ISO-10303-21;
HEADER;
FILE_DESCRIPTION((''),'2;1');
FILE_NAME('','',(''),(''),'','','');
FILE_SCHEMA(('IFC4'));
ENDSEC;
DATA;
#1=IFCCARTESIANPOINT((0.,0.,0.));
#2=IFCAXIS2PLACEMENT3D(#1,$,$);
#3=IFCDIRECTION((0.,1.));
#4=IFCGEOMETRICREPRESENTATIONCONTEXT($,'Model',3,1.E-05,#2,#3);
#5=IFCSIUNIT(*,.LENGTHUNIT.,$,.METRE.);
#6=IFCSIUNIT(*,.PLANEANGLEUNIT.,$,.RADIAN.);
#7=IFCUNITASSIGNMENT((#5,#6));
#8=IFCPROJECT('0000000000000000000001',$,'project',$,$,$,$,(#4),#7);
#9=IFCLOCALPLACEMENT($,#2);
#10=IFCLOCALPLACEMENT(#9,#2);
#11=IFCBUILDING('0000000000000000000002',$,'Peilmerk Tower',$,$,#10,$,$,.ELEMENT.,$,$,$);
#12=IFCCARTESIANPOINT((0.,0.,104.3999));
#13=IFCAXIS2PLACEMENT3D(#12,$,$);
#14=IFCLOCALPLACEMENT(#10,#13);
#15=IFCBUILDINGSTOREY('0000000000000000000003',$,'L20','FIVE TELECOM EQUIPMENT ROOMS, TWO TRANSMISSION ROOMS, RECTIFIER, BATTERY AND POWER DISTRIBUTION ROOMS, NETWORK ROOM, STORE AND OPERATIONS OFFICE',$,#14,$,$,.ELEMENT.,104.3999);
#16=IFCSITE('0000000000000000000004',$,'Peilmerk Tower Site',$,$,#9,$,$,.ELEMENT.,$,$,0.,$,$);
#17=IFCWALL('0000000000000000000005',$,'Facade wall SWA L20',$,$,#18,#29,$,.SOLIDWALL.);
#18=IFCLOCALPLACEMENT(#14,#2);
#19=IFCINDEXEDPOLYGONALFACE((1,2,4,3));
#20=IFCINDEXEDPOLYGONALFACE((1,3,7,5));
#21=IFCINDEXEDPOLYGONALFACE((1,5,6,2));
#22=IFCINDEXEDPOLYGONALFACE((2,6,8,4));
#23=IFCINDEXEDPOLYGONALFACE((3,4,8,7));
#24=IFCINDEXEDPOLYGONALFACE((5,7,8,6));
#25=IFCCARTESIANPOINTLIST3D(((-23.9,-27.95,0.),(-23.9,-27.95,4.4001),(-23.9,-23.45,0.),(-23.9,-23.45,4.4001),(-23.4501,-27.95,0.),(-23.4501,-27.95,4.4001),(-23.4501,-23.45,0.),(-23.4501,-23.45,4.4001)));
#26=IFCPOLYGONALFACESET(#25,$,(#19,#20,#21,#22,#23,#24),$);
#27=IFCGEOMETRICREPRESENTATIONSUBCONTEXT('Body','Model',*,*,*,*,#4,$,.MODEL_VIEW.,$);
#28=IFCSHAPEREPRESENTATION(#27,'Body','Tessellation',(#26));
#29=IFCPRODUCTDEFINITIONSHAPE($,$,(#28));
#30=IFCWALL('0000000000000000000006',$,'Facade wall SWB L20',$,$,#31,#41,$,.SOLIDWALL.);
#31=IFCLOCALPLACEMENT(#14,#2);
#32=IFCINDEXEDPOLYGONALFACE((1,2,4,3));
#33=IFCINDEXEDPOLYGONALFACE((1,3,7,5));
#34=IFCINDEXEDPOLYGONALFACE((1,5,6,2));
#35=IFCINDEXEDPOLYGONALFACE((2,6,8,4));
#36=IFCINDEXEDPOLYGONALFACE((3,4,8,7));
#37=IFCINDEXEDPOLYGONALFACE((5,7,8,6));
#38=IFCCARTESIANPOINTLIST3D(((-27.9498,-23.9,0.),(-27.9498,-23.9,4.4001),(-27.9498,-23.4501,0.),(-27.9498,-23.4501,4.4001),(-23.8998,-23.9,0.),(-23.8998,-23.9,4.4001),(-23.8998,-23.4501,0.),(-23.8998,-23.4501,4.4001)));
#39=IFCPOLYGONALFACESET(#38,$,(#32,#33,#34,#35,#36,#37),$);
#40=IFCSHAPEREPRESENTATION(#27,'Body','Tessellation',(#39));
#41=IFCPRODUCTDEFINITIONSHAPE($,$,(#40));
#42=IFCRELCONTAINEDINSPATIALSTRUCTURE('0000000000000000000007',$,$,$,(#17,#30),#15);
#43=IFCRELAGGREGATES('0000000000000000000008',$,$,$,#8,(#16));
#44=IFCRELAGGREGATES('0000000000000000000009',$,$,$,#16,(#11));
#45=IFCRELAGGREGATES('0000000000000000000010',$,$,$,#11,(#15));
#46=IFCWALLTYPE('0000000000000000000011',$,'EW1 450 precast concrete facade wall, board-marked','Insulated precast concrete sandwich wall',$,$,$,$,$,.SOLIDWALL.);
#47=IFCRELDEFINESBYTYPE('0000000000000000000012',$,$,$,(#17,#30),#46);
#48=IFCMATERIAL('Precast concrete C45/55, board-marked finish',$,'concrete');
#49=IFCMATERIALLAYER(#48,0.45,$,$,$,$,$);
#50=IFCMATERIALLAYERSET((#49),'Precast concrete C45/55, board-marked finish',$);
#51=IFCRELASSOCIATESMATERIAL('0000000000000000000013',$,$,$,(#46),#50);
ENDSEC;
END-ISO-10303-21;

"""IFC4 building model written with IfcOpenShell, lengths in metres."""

from ifc_helpers import new_model, si_unit, direction, frame, frame_2d, origin, place, context, subcontext, project, spatial, rectangle, extrude, material, layer, layer_set, type_object, element, save


model = new_model("IFC4")

# Units and contexts
model_context = context("Model", 3, precision=1e-05, world=origin(), true_north=direction((0.0, 1.0)))
body_context = subcontext(model_context, "Body", "Model", "MODEL_VIEW")
ifc_project = project(units=[si_unit("LENGTHUNIT", "METRE"), si_unit("PLANEANGLEUNIT", "RADIAN")], contexts=[model_context])

# Site, building, storey
site_placement = place(None, origin())
site = spatial("IfcSite", under=ifc_project, at=site_placement, Name="Peilmerk Tower Site", CompositionType="ELEMENT", RefElevation=0.0)
building_placement = place(site_placement, origin())
building = spatial("IfcBuilding", under=site, at=building_placement, Name="Peilmerk Tower", CompositionType="ELEMENT")
storey_placement = place(building_placement, frame((0.0, 0.0, 104.3999)))
storey = spatial("IfcBuildingStorey", under=building, at=storey_placement, Name="L20", Description="FIVE TELECOM EQUIPMENT ROOMS, TWO TRANSMISSION ROOMS, RECTIFIER, BATTERY AND POWER DISTRIBUTION ROOMS, NETWORK ROOM, STORE AND OPERATIONS OFFICE", CompositionType="ELEMENT", Elevation=104.3999)

# Shared definitions
ifc_material_1 = material(Name="Precast concrete C45/55, board-marked finish", Category="concrete")
ifc_layer = layer(ifc_material_1, 0.45)
ifc_layer_set = layer_set([ifc_layer], Name="Precast concrete C45/55, board-marked finish")
wall_type = type_object("IfcWallType", Name="EW1 450 precast concrete facade wall, board-marked", Description="Insulated precast concrete sandwich wall", PredefinedType="SOLIDWALL", material=ifc_layer_set)

# Walls
wall_1_placement = place(storey_placement, frame((-23.675, -23.45, 0.0), z_axis=(0.0, 0.0, 1.0), x_axis=(0.0, -1.0, 0.0)))
element("IfcWall", 1, at=wall_1_placement, inside=storey, type_object=wall_type, Name="Facade wall SWA L20", PredefinedType="SOLIDWALL", context=body_context, shape_type="SweptSolid", body=[
    extrude(rectangle(XDim=4.5, YDim=0.45, at=frame_2d((2.25, 0.0))), origin(), (0.0, 0.0, 1.0), 4.4001),
])
wall_2_placement = place(storey_placement, frame((-23.8999, -23.675, 0.0), z_axis=(0.0, 0.0, 1.0), x_axis=(-1.0, 0.0, 0.0)))
element("IfcWall", 2, at=wall_2_placement, inside=storey, type_object=wall_type, Name="Facade wall SWB L20", PredefinedType="SOLIDWALL", context=body_context, shape_type="SweptSolid", body=[
    extrude(rectangle(XDim=4.05, YDim=0.45, at=frame_2d((2.0249, 0.0))), origin(), (0.0, 0.0, 1.0), 4.4001),
])

save(model, "model.ifc")
